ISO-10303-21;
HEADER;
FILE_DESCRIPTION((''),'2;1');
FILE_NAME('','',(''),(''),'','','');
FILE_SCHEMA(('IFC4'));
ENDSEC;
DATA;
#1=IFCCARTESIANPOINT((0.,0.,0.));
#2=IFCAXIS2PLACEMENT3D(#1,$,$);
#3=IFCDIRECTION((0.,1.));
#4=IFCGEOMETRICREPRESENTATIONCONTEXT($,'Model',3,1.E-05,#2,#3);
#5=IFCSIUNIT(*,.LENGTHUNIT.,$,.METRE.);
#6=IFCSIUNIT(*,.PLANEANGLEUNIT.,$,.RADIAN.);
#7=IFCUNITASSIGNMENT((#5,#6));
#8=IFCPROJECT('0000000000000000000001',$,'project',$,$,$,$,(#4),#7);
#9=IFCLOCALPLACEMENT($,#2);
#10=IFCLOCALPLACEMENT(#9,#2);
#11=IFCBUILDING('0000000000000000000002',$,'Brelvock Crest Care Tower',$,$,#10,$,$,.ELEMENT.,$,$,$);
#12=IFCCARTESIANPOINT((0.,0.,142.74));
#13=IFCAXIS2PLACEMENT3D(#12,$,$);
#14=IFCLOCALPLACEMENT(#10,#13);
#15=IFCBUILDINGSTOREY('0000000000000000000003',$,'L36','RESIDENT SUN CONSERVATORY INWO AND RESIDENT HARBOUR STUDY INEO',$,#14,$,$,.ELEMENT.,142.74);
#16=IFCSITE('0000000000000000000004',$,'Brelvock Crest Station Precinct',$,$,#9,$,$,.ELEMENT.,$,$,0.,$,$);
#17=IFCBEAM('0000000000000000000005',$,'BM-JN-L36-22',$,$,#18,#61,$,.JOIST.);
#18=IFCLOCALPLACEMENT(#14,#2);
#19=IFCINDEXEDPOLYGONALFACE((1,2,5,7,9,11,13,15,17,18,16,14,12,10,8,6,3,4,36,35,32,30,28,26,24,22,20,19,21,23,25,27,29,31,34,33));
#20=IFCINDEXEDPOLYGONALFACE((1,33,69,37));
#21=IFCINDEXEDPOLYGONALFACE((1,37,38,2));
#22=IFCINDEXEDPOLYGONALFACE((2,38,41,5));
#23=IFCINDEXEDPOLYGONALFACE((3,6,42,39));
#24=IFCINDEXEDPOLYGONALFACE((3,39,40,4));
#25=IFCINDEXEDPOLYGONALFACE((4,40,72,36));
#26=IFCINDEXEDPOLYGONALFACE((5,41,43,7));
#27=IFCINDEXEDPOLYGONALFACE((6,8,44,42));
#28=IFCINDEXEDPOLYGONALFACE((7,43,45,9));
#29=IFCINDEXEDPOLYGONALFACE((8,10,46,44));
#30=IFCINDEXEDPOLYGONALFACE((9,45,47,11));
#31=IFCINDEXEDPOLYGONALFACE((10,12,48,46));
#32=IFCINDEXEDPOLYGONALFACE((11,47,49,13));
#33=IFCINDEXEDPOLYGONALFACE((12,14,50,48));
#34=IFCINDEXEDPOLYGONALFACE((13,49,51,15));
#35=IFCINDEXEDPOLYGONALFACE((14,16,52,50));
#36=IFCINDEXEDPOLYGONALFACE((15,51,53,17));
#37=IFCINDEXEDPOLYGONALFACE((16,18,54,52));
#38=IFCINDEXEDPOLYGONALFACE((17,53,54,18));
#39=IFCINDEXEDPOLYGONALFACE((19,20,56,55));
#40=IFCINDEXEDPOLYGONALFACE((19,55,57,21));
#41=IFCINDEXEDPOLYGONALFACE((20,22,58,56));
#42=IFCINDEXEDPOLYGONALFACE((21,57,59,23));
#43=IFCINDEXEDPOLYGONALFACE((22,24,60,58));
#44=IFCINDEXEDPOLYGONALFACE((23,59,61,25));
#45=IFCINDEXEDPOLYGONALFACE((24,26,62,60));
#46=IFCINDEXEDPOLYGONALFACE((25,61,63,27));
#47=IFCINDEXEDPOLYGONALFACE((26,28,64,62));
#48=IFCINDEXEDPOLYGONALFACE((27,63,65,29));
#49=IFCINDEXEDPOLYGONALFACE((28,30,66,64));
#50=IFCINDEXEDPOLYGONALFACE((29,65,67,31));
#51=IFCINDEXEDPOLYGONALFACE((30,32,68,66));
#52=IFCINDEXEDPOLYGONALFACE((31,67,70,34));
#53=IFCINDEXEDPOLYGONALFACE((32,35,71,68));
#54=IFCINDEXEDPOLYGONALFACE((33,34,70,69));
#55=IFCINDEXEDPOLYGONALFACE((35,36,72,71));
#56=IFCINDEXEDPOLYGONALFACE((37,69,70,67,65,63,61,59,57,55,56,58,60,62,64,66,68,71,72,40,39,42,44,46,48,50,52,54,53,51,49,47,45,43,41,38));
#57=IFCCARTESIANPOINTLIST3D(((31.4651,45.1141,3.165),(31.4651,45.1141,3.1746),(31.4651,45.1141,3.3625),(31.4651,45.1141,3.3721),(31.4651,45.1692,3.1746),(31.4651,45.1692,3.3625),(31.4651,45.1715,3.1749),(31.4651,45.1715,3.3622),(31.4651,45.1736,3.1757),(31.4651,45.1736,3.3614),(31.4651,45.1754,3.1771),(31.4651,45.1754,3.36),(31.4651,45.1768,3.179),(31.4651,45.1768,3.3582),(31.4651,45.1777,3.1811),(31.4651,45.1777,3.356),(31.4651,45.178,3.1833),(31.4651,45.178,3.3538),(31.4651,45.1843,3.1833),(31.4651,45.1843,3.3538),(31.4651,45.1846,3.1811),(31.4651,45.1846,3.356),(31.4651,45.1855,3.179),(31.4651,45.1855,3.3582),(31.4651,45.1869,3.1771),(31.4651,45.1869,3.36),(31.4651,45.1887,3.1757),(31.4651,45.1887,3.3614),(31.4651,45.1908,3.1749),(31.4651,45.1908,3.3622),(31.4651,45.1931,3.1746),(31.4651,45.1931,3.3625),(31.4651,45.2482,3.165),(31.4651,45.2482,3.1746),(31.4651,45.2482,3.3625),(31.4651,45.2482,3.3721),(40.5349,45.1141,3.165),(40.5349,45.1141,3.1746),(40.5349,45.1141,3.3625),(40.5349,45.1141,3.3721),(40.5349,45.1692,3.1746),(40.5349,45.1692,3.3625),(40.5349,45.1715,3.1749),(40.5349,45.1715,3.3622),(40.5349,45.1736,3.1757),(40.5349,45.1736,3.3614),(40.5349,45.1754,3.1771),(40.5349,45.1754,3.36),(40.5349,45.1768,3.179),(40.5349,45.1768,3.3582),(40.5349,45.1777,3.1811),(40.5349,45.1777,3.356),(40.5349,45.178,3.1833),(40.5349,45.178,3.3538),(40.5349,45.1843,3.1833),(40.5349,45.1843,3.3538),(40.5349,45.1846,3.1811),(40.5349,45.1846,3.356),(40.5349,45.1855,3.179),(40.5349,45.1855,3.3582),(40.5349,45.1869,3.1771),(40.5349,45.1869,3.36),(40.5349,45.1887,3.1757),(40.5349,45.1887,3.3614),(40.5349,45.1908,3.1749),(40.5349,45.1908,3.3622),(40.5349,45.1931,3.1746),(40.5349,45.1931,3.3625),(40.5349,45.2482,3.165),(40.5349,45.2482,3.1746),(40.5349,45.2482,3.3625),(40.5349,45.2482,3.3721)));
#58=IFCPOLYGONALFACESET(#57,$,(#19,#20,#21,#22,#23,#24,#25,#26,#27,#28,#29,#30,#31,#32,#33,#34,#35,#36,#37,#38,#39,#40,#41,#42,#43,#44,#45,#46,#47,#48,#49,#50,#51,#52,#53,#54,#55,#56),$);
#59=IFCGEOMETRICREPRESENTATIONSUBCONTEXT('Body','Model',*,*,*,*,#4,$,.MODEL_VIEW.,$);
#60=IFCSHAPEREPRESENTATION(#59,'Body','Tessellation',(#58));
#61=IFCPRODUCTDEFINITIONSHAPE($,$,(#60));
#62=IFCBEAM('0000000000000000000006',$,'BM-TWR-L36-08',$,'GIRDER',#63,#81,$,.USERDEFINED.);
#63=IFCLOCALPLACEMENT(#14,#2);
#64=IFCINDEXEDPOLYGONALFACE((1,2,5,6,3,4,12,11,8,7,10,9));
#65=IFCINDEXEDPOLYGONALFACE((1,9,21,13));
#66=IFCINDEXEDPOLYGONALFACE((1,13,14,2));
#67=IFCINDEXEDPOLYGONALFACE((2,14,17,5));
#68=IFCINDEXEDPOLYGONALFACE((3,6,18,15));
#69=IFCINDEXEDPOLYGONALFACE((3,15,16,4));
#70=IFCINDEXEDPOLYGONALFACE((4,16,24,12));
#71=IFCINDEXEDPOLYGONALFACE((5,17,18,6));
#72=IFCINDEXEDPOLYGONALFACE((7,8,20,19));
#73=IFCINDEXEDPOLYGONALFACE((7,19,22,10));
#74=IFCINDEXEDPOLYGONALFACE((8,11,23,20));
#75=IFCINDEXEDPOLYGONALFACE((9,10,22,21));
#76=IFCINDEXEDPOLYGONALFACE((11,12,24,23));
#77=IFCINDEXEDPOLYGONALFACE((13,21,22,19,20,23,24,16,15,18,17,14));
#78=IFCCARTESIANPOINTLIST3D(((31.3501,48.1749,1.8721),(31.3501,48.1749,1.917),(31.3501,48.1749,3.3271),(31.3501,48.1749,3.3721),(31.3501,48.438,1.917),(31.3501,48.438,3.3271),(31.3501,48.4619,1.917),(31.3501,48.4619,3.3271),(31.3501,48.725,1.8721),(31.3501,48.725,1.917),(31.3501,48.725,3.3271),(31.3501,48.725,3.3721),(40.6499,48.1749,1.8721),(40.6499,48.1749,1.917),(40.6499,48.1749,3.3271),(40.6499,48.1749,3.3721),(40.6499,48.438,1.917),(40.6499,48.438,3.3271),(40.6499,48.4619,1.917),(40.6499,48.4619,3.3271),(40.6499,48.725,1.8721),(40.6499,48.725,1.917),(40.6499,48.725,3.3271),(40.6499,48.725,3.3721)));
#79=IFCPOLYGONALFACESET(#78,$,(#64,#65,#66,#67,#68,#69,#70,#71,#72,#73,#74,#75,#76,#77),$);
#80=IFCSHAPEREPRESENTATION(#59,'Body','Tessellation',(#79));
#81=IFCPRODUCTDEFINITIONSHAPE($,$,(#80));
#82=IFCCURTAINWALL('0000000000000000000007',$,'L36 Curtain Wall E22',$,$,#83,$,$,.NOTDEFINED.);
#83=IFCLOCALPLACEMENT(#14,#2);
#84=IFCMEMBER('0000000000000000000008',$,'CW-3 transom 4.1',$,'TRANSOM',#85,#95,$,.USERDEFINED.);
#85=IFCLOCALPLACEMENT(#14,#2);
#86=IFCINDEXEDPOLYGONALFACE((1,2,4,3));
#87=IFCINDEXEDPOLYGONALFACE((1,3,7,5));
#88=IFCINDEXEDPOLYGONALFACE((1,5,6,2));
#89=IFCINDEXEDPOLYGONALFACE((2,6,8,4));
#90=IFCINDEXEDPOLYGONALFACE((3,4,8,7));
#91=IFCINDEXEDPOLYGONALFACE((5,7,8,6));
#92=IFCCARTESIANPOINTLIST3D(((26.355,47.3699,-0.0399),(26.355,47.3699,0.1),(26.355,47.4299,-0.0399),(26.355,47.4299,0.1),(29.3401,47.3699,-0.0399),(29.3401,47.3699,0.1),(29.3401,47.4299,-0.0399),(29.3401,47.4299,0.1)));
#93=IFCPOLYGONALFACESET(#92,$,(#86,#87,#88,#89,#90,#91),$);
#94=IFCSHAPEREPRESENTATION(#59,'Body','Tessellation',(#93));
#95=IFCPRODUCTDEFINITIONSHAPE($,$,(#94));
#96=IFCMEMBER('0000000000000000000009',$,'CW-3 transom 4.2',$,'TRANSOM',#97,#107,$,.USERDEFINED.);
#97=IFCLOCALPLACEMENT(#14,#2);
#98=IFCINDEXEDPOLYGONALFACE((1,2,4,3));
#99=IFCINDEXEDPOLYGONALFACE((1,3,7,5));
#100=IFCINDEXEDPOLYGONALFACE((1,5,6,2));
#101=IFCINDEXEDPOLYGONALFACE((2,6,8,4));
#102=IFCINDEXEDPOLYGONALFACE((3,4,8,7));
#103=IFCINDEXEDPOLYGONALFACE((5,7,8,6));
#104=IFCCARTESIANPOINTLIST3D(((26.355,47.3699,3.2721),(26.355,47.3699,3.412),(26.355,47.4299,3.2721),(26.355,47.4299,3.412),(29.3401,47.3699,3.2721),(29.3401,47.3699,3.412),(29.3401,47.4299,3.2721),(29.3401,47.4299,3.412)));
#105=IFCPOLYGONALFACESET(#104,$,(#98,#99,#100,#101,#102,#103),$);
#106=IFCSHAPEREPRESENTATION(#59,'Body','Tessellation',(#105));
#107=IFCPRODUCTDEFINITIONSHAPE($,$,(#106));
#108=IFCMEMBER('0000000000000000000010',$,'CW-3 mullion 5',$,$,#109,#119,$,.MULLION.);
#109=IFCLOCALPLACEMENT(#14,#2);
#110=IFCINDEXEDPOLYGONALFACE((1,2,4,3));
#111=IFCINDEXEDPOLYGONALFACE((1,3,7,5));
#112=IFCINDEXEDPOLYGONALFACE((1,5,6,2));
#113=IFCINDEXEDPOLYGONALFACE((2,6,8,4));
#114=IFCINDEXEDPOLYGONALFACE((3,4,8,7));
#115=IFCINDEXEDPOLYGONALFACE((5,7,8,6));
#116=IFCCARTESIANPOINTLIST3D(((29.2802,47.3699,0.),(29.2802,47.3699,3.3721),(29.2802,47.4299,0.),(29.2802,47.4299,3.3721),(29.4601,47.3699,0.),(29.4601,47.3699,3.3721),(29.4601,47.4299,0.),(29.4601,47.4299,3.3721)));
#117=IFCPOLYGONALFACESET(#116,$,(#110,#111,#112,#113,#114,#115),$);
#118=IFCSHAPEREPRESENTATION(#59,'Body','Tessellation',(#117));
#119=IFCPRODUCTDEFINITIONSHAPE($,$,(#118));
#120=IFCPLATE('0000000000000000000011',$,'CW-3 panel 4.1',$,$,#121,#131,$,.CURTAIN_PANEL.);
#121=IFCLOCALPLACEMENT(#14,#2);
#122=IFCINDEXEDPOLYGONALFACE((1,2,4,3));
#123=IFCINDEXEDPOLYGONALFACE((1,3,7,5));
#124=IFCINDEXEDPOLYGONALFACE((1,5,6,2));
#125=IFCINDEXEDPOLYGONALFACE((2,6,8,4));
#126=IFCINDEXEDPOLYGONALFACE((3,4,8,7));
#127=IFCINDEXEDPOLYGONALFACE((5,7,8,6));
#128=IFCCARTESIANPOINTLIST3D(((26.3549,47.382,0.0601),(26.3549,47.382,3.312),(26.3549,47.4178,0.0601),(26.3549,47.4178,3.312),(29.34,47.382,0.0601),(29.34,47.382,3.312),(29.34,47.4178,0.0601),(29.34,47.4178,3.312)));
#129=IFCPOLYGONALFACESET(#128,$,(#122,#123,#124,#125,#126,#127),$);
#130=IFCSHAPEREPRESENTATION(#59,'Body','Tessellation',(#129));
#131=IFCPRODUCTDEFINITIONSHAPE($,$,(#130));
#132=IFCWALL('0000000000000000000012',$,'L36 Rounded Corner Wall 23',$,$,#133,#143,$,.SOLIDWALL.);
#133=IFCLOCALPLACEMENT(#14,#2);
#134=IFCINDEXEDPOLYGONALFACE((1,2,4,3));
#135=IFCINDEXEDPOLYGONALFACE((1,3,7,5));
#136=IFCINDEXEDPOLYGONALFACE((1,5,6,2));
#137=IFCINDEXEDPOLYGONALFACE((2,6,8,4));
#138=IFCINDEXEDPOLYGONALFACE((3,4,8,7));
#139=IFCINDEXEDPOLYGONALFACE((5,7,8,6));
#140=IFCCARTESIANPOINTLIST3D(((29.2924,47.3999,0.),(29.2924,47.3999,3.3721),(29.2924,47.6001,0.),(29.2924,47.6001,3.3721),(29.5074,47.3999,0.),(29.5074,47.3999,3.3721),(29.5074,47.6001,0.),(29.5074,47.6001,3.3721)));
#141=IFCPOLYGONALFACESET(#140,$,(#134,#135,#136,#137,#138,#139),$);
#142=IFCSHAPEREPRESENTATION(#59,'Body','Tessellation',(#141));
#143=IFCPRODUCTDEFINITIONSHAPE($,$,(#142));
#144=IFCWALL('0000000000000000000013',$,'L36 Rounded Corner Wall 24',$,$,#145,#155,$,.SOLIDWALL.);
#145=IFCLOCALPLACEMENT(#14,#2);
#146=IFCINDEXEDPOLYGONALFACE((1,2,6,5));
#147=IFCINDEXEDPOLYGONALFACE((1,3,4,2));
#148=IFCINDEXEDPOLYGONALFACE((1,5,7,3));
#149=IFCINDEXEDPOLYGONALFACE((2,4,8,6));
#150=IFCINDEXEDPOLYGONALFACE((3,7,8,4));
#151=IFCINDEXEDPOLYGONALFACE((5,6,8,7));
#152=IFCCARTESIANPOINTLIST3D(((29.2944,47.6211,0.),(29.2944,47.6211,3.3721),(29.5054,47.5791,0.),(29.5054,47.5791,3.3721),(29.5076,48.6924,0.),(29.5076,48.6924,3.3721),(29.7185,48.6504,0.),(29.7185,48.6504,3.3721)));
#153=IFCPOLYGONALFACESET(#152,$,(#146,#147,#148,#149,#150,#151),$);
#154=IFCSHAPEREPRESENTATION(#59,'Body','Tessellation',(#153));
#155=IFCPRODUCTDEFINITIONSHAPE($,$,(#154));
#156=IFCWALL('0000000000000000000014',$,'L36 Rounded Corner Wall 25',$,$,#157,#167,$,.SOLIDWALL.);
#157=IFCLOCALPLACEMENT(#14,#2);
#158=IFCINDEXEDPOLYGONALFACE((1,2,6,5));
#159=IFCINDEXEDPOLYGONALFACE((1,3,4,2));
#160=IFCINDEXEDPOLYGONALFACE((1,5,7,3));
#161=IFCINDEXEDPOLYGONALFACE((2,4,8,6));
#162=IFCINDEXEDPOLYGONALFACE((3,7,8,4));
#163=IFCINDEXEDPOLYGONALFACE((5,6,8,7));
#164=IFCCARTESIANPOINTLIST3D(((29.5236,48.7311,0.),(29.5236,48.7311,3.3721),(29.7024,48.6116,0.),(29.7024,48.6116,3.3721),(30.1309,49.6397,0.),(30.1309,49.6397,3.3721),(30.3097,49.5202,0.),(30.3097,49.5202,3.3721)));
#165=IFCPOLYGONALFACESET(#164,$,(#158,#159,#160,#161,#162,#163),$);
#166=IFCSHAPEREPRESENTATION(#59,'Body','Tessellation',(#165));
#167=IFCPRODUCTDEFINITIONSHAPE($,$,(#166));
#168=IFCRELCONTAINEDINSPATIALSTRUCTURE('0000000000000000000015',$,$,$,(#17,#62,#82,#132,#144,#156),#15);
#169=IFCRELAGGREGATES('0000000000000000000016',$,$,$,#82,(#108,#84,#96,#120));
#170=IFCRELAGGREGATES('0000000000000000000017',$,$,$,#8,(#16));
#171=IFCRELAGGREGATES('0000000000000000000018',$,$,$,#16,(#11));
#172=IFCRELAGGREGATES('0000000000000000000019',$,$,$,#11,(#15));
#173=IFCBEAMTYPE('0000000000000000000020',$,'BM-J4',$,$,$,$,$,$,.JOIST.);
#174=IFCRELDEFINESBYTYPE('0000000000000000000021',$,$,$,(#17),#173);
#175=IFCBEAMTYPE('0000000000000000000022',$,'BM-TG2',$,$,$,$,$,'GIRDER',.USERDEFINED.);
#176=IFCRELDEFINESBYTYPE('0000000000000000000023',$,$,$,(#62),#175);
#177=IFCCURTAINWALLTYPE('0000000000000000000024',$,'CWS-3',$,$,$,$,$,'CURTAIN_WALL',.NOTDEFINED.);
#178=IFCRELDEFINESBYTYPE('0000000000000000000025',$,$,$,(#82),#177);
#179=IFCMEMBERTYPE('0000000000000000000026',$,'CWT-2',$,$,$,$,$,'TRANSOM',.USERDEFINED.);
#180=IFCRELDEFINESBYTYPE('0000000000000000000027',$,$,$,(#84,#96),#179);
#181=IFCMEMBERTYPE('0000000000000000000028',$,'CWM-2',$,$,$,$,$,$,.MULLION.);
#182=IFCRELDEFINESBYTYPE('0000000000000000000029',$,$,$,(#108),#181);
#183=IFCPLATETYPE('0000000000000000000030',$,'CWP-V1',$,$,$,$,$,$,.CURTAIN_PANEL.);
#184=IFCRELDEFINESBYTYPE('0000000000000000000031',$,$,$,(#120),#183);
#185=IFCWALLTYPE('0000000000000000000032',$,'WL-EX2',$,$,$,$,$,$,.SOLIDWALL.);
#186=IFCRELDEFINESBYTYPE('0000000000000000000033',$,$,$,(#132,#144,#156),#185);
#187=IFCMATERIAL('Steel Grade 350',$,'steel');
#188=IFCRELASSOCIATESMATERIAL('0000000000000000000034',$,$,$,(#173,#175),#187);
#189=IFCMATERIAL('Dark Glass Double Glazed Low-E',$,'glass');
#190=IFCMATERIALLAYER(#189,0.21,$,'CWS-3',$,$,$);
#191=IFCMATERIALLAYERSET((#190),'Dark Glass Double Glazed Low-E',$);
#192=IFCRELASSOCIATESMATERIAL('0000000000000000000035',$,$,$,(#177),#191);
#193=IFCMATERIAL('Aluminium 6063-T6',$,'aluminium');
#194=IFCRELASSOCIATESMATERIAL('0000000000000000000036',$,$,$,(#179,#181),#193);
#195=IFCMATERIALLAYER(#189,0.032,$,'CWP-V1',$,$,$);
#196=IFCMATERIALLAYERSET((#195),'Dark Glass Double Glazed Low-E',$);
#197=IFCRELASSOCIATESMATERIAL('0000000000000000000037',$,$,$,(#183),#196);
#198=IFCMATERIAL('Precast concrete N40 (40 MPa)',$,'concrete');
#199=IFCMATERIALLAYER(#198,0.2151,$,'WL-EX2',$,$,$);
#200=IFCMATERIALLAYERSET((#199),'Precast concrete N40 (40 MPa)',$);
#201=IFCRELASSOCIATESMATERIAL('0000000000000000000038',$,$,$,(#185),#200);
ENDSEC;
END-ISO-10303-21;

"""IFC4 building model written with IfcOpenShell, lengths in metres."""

from ifc_helpers import new_model, si_unit, direction, frame, frame_2d, origin, origin_2d, place, context, subcontext, project, spatial, rectangle, i_section, extrude, source, transform, mapped, material, layer, layer_set, material_profile, profile_set, type_object, element, aggregate, save


model = new_model("IFC4")

# Units and contexts
model_context = context("Model", 3, precision=1e-05, world=origin(), true_north=direction((0.0, 1.0)))
body_context = subcontext(model_context, "Body", "Model", "MODEL_VIEW")
ifc_project = project(units=[si_unit("LENGTHUNIT", "METRE"), si_unit("PLANEANGLEUNIT", "RADIAN")], contexts=[model_context])

# Site, building, storey
site_placement = place(None, origin())
site = spatial("IfcSite", under=ifc_project, at=site_placement, Name="Brelvock Crest Station Precinct", CompositionType="ELEMENT", RefElevation=0.0)
building_placement = place(site_placement, origin())
building = spatial("IfcBuilding", under=site, at=building_placement, Name="Brelvock Crest Care Tower", CompositionType="ELEMENT")
storey_placement = place(building_placement, frame((0.0, 0.0, 142.74)))
storey = spatial("IfcBuildingStorey", under=building, at=storey_placement, Name="L36", Description="RESIDENT SUN CONSERVATORY INWO AND RESIDENT HARBOUR STUDY INEO", CompositionType="ELEMENT", Elevation=142.74)

# Shared definitions
ifc_material_1 = material(Name="Steel Grade 350", Category="steel")

# Beams
ifc_material_profile_1 = material_profile(ifc_material_1, i_section(OverallWidth=0.134, OverallDepth=0.207, WebThickness=0.0063, FlangeThickness=0.0095, FilletRadius=0.0088, at=origin_2d()), Name="200UB29.8")
ifc_profile_set_1 = profile_set([ifc_material_profile_1], Name="Steel Grade 350")
beam_type_1 = type_object("IfcBeamType", Name="BM-J4", PredefinedType="JOIST", material=ifc_profile_set_1)
shared_shape_1 = source(origin(), body_context, "Body", "SweptSolid", [
    extrude(i_section(OverallWidth=0.134, OverallDepth=0.207, WebThickness=0.0063, FlangeThickness=0.0095, FilletRadius=0.0088, at=origin_2d()), origin(), (0.0, 0.0, 1.0), 9.0698),
])
for number, where, z_axis, x_axis, name in (
    (1, (31.4651, 45.1812, 3.2686), (1.0, 0.0, 0.0), (0.0, 1.0, 0.0), "BM-JN-L36-22"),
):
    element("IfcBeam", number, at=place(storey_placement, frame(where, z_axis=z_axis, x_axis=x_axis)), inside=storey, type_object=beam_type_1, Name=name, PredefinedType="JOIST", context=body_context, shape_type="MappedRepresentation", body=[
        mapped(shared_shape_1, transform((0.0, 0.0, 0.0), x_axis=(1.0, 0.0, 0.0), y_axis=(0.0, 1.0, 0.0), z_axis=(0.0, 0.0, 1.0), scale=1.0)),
    ])
ifc_material_profile_2 = material_profile(ifc_material_1, i_section(OverallWidth=0.55, OverallDepth=1.5, WebThickness=0.0239, FlangeThickness=0.0449, at=origin_2d()), Name="1500TG580")
ifc_profile_set_2 = profile_set([ifc_material_profile_2], Name="Steel Grade 350")
beam_type_2 = type_object("IfcBeamType", Name="BM-TG2", ElementType="GIRDER", PredefinedType="USERDEFINED", material=ifc_profile_set_2)
shared_shape_2 = source(origin(), body_context, "Body", "SweptSolid", [
    extrude(i_section(OverallWidth=0.55, OverallDepth=1.5, WebThickness=0.0239, FlangeThickness=0.0449, at=origin_2d()), origin(), (0.0, 0.0, 1.0), 9.2998),
])
beam_placement = place(storey_placement, frame((31.3501, 48.45, 2.6221), z_axis=(1.0, 0.0, 0.0), x_axis=(0.0, 1.0, 0.0)))
element("IfcBeam", 2, at=beam_placement, inside=storey, type_object=beam_type_2, Name="BM-TWR-L36-08", ObjectType="GIRDER", PredefinedType="USERDEFINED", context=body_context, shape_type="MappedRepresentation", body=[
    mapped(shared_shape_2, transform((0.0, 0.0, 0.0), x_axis=(1.0, 0.0, 0.0), y_axis=(0.0, 1.0, 0.0), z_axis=(0.0, 0.0, 1.0), scale=1.0)),
])

# Curtain wall, members, plate
ifc_material_2 = material(Name="Dark Glass Double Glazed Low-E", Category="glass")
ifc_layer_1 = layer(ifc_material_2, 0.21, Name="CWS-3")
ifc_layer_set_1 = layer_set([ifc_layer_1], Name="Dark Glass Double Glazed Low-E")
curtain_wall_type = type_object("IfcCurtainWallType", Name="CWS-3", ElementType="CURTAIN_WALL", PredefinedType="NOTDEFINED", material=ifc_layer_set_1)
curtain_wall_placement = place(storey_placement, origin())
curtain_wall = element("IfcCurtainWall", 3, at=curtain_wall_placement, inside=storey, type_object=curtain_wall_type, Name="L36 Curtain Wall E22", PredefinedType="NOTDEFINED")
ifc_material_3 = material(Name="Aluminium 6063-T6", Category="aluminium")
ifc_material_profile_3 = material_profile(ifc_material_3, rectangle(XDim=0.0601, YDim=0.1399, at=origin_2d()), Name="ALU60x140")
ifc_profile_set_3 = profile_set([ifc_material_profile_3], Name="Aluminium 6063-T6")
member_type_1 = type_object("IfcMemberType", Name="CWT-2", ElementType="TRANSOM", PredefinedType="USERDEFINED", material=ifc_profile_set_3)
shared_shape_3 = source(origin(), body_context, "Body", "SweptSolid", [
    extrude(rectangle(XDim=0.0601, YDim=0.1399, at=origin_2d()), origin(), (0.0, 0.0, 1.0), 2.9851),
])
member_1_placement = place(storey_placement, frame((26.355, 47.3999, 0.03), z_axis=(1.0, 0.0, 0.0), x_axis=(0.0, 1.0, 0.0)))
member_1 = element("IfcMember", 4, at=member_1_placement, type_object=member_type_1, Name="CW-3 transom 4.1", ObjectType="TRANSOM", PredefinedType="USERDEFINED", context=body_context, shape_type="MappedRepresentation", body=[
    mapped(shared_shape_3, transform((0.0, 0.0, 0.0), x_axis=(1.0, 0.0, 0.0), y_axis=(0.0, 1.0, 0.0), z_axis=(0.0, 0.0, 1.0), scale=1.0)),
])
member_2_placement = place(storey_placement, frame((26.355, 47.3999, 3.342), z_axis=(1.0, 0.0, 0.0), x_axis=(0.0, 1.0, 0.0)))
member_2 = element("IfcMember", 5, at=member_2_placement, type_object=member_type_1, Name="CW-3 transom 4.2", ObjectType="TRANSOM", PredefinedType="USERDEFINED", context=body_context, shape_type="MappedRepresentation", body=[
    mapped(shared_shape_3, transform((0.0, 0.0, 0.0), x_axis=(1.0, 0.0, 0.0), y_axis=(0.0, 1.0, 0.0), z_axis=(0.0, 0.0, 1.0), scale=1.0)),
])
ifc_material_profile_4 = material_profile(ifc_material_3, rectangle(XDim=0.0601, YDim=0.1799, at=origin_2d()), Name="ALU60x180")
ifc_profile_set_4 = profile_set([ifc_material_profile_4], Name="Aluminium 6063-T6")
member_type_2 = type_object("IfcMemberType", Name="CWM-2", PredefinedType="MULLION", material=ifc_profile_set_4)
shared_shape_4 = source(origin(), body_context, "Body", "SweptSolid", [
    extrude(rectangle(XDim=0.0601, YDim=0.1799, at=origin_2d()), origin(), (0.0, 0.0, 1.0), 3.3721),
])
member_3_placement = place(storey_placement, frame((29.3701, 47.3999, 0.0), z_axis=(0.0, 0.0, 1.0), x_axis=(0.0, 1.0, 0.0)))
member_3 = element("IfcMember", 6, at=member_3_placement, type_object=member_type_2, Name="CW-3 mullion 5", PredefinedType="MULLION", context=body_context, shape_type="MappedRepresentation", body=[
    mapped(shared_shape_4, transform((0.0, 0.0, 0.0), x_axis=(1.0, 0.0, 0.0), y_axis=(0.0, 1.0, 0.0), z_axis=(0.0, 0.0, 1.0), scale=1.0)),
])
ifc_layer_2 = layer(ifc_material_2, 0.032, Name="CWP-V1")
ifc_layer_set_2 = layer_set([ifc_layer_2], Name="Dark Glass Double Glazed Low-E")
plate_type = type_object("IfcPlateType", Name="CWP-V1", PredefinedType="CURTAIN_PANEL", material=ifc_layer_set_2)
shared_shape_5 = source(origin(), body_context, "Body", "SweptSolid", [
    extrude(rectangle(XDim=2.9851, YDim=0.0359, at=origin_2d()), origin(), (0.0, 0.0, 1.0), 3.252),
])
plate_placement = place(storey_placement, frame((27.8474, 47.3999, 0.0601), z_axis=(0.0, 0.0, 1.0), x_axis=(1.0, 0.0, 0.0)))
plate = element("IfcPlate", 7, at=plate_placement, type_object=plate_type, Name="CW-3 panel 4.1", PredefinedType="CURTAIN_PANEL", context=body_context, shape_type="MappedRepresentation", body=[
    mapped(shared_shape_5, transform((0.0, 0.0, 0.0), x_axis=(1.0, 0.0, 0.0), y_axis=(0.0, 1.0, 0.0), z_axis=(0.0, 0.0, 1.0), scale=1.0)),
])
aggregate(curtain_wall, [member_3, member_1, member_2, plate])

# Walls
ifc_material_4 = material(Name="Precast concrete N40 (40 MPa)", Category="concrete")
ifc_layer_3 = layer(ifc_material_4, 0.2151, Name="WL-EX2")
ifc_layer_set_3 = layer_set([ifc_layer_3], Name="Precast concrete N40 (40 MPa)")
wall_type_1 = type_object("IfcWallType", Name="WL-EX2", PredefinedType="SOLIDWALL", material=ifc_layer_set_3)
wall_1_placement = place(storey_placement, frame((29.3999, 47.3999, 0.0), z_axis=(0.0, 0.0, 1.0), x_axis=(0.0, 1.0, 0.0)))
element("IfcWall", 8, at=wall_1_placement, inside=storey, type_object=wall_type_1, Name="L36 Rounded Corner Wall 23", PredefinedType="SOLIDWALL", context=body_context, shape_type="SweptSolid", body=[
    extrude(rectangle(XDim=0.2002, YDim=0.2151, at=frame_2d((0.1001, 0.0))), origin(), (0.0, 0.0, 1.0), 3.3721),
])
wall_2_placement = place(storey_placement, frame((29.3999, 47.6001, 0.0), z_axis=(0.0, 0.0, 1.0), x_axis=(0.195127, 0.980778, 0.0)))
element("IfcWall", 9, at=wall_2_placement, inside=storey, type_object=wall_type_1, Name="L36 Rounded Corner Wall 24", PredefinedType="SOLIDWALL", context=body_context, shape_type="SweptSolid", body=[
    extrude(rectangle(XDim=1.0923, YDim=0.2151, at=frame_2d((0.5461, 0.0))), origin(), (0.0, 0.0, 1.0), 3.3721),
])
wall_3_placement = place(storey_placement, frame((29.613, 48.6714, 0.0), z_axis=(0.0, 0.0, 1.0), x_axis=(0.555679, 0.831397, 0.0)))
element("IfcWall", 10, at=wall_3_placement, inside=storey, type_object=wall_type_1, Name="L36 Rounded Corner Wall 25", PredefinedType="SOLIDWALL", context=body_context, shape_type="SweptSolid", body=[
    extrude(rectangle(XDim=1.0928, YDim=0.2151, at=frame_2d((0.5464, 0.0))), origin(), (0.0, 0.0, 1.0), 3.3721),
])

save(model, "model.ifc")
